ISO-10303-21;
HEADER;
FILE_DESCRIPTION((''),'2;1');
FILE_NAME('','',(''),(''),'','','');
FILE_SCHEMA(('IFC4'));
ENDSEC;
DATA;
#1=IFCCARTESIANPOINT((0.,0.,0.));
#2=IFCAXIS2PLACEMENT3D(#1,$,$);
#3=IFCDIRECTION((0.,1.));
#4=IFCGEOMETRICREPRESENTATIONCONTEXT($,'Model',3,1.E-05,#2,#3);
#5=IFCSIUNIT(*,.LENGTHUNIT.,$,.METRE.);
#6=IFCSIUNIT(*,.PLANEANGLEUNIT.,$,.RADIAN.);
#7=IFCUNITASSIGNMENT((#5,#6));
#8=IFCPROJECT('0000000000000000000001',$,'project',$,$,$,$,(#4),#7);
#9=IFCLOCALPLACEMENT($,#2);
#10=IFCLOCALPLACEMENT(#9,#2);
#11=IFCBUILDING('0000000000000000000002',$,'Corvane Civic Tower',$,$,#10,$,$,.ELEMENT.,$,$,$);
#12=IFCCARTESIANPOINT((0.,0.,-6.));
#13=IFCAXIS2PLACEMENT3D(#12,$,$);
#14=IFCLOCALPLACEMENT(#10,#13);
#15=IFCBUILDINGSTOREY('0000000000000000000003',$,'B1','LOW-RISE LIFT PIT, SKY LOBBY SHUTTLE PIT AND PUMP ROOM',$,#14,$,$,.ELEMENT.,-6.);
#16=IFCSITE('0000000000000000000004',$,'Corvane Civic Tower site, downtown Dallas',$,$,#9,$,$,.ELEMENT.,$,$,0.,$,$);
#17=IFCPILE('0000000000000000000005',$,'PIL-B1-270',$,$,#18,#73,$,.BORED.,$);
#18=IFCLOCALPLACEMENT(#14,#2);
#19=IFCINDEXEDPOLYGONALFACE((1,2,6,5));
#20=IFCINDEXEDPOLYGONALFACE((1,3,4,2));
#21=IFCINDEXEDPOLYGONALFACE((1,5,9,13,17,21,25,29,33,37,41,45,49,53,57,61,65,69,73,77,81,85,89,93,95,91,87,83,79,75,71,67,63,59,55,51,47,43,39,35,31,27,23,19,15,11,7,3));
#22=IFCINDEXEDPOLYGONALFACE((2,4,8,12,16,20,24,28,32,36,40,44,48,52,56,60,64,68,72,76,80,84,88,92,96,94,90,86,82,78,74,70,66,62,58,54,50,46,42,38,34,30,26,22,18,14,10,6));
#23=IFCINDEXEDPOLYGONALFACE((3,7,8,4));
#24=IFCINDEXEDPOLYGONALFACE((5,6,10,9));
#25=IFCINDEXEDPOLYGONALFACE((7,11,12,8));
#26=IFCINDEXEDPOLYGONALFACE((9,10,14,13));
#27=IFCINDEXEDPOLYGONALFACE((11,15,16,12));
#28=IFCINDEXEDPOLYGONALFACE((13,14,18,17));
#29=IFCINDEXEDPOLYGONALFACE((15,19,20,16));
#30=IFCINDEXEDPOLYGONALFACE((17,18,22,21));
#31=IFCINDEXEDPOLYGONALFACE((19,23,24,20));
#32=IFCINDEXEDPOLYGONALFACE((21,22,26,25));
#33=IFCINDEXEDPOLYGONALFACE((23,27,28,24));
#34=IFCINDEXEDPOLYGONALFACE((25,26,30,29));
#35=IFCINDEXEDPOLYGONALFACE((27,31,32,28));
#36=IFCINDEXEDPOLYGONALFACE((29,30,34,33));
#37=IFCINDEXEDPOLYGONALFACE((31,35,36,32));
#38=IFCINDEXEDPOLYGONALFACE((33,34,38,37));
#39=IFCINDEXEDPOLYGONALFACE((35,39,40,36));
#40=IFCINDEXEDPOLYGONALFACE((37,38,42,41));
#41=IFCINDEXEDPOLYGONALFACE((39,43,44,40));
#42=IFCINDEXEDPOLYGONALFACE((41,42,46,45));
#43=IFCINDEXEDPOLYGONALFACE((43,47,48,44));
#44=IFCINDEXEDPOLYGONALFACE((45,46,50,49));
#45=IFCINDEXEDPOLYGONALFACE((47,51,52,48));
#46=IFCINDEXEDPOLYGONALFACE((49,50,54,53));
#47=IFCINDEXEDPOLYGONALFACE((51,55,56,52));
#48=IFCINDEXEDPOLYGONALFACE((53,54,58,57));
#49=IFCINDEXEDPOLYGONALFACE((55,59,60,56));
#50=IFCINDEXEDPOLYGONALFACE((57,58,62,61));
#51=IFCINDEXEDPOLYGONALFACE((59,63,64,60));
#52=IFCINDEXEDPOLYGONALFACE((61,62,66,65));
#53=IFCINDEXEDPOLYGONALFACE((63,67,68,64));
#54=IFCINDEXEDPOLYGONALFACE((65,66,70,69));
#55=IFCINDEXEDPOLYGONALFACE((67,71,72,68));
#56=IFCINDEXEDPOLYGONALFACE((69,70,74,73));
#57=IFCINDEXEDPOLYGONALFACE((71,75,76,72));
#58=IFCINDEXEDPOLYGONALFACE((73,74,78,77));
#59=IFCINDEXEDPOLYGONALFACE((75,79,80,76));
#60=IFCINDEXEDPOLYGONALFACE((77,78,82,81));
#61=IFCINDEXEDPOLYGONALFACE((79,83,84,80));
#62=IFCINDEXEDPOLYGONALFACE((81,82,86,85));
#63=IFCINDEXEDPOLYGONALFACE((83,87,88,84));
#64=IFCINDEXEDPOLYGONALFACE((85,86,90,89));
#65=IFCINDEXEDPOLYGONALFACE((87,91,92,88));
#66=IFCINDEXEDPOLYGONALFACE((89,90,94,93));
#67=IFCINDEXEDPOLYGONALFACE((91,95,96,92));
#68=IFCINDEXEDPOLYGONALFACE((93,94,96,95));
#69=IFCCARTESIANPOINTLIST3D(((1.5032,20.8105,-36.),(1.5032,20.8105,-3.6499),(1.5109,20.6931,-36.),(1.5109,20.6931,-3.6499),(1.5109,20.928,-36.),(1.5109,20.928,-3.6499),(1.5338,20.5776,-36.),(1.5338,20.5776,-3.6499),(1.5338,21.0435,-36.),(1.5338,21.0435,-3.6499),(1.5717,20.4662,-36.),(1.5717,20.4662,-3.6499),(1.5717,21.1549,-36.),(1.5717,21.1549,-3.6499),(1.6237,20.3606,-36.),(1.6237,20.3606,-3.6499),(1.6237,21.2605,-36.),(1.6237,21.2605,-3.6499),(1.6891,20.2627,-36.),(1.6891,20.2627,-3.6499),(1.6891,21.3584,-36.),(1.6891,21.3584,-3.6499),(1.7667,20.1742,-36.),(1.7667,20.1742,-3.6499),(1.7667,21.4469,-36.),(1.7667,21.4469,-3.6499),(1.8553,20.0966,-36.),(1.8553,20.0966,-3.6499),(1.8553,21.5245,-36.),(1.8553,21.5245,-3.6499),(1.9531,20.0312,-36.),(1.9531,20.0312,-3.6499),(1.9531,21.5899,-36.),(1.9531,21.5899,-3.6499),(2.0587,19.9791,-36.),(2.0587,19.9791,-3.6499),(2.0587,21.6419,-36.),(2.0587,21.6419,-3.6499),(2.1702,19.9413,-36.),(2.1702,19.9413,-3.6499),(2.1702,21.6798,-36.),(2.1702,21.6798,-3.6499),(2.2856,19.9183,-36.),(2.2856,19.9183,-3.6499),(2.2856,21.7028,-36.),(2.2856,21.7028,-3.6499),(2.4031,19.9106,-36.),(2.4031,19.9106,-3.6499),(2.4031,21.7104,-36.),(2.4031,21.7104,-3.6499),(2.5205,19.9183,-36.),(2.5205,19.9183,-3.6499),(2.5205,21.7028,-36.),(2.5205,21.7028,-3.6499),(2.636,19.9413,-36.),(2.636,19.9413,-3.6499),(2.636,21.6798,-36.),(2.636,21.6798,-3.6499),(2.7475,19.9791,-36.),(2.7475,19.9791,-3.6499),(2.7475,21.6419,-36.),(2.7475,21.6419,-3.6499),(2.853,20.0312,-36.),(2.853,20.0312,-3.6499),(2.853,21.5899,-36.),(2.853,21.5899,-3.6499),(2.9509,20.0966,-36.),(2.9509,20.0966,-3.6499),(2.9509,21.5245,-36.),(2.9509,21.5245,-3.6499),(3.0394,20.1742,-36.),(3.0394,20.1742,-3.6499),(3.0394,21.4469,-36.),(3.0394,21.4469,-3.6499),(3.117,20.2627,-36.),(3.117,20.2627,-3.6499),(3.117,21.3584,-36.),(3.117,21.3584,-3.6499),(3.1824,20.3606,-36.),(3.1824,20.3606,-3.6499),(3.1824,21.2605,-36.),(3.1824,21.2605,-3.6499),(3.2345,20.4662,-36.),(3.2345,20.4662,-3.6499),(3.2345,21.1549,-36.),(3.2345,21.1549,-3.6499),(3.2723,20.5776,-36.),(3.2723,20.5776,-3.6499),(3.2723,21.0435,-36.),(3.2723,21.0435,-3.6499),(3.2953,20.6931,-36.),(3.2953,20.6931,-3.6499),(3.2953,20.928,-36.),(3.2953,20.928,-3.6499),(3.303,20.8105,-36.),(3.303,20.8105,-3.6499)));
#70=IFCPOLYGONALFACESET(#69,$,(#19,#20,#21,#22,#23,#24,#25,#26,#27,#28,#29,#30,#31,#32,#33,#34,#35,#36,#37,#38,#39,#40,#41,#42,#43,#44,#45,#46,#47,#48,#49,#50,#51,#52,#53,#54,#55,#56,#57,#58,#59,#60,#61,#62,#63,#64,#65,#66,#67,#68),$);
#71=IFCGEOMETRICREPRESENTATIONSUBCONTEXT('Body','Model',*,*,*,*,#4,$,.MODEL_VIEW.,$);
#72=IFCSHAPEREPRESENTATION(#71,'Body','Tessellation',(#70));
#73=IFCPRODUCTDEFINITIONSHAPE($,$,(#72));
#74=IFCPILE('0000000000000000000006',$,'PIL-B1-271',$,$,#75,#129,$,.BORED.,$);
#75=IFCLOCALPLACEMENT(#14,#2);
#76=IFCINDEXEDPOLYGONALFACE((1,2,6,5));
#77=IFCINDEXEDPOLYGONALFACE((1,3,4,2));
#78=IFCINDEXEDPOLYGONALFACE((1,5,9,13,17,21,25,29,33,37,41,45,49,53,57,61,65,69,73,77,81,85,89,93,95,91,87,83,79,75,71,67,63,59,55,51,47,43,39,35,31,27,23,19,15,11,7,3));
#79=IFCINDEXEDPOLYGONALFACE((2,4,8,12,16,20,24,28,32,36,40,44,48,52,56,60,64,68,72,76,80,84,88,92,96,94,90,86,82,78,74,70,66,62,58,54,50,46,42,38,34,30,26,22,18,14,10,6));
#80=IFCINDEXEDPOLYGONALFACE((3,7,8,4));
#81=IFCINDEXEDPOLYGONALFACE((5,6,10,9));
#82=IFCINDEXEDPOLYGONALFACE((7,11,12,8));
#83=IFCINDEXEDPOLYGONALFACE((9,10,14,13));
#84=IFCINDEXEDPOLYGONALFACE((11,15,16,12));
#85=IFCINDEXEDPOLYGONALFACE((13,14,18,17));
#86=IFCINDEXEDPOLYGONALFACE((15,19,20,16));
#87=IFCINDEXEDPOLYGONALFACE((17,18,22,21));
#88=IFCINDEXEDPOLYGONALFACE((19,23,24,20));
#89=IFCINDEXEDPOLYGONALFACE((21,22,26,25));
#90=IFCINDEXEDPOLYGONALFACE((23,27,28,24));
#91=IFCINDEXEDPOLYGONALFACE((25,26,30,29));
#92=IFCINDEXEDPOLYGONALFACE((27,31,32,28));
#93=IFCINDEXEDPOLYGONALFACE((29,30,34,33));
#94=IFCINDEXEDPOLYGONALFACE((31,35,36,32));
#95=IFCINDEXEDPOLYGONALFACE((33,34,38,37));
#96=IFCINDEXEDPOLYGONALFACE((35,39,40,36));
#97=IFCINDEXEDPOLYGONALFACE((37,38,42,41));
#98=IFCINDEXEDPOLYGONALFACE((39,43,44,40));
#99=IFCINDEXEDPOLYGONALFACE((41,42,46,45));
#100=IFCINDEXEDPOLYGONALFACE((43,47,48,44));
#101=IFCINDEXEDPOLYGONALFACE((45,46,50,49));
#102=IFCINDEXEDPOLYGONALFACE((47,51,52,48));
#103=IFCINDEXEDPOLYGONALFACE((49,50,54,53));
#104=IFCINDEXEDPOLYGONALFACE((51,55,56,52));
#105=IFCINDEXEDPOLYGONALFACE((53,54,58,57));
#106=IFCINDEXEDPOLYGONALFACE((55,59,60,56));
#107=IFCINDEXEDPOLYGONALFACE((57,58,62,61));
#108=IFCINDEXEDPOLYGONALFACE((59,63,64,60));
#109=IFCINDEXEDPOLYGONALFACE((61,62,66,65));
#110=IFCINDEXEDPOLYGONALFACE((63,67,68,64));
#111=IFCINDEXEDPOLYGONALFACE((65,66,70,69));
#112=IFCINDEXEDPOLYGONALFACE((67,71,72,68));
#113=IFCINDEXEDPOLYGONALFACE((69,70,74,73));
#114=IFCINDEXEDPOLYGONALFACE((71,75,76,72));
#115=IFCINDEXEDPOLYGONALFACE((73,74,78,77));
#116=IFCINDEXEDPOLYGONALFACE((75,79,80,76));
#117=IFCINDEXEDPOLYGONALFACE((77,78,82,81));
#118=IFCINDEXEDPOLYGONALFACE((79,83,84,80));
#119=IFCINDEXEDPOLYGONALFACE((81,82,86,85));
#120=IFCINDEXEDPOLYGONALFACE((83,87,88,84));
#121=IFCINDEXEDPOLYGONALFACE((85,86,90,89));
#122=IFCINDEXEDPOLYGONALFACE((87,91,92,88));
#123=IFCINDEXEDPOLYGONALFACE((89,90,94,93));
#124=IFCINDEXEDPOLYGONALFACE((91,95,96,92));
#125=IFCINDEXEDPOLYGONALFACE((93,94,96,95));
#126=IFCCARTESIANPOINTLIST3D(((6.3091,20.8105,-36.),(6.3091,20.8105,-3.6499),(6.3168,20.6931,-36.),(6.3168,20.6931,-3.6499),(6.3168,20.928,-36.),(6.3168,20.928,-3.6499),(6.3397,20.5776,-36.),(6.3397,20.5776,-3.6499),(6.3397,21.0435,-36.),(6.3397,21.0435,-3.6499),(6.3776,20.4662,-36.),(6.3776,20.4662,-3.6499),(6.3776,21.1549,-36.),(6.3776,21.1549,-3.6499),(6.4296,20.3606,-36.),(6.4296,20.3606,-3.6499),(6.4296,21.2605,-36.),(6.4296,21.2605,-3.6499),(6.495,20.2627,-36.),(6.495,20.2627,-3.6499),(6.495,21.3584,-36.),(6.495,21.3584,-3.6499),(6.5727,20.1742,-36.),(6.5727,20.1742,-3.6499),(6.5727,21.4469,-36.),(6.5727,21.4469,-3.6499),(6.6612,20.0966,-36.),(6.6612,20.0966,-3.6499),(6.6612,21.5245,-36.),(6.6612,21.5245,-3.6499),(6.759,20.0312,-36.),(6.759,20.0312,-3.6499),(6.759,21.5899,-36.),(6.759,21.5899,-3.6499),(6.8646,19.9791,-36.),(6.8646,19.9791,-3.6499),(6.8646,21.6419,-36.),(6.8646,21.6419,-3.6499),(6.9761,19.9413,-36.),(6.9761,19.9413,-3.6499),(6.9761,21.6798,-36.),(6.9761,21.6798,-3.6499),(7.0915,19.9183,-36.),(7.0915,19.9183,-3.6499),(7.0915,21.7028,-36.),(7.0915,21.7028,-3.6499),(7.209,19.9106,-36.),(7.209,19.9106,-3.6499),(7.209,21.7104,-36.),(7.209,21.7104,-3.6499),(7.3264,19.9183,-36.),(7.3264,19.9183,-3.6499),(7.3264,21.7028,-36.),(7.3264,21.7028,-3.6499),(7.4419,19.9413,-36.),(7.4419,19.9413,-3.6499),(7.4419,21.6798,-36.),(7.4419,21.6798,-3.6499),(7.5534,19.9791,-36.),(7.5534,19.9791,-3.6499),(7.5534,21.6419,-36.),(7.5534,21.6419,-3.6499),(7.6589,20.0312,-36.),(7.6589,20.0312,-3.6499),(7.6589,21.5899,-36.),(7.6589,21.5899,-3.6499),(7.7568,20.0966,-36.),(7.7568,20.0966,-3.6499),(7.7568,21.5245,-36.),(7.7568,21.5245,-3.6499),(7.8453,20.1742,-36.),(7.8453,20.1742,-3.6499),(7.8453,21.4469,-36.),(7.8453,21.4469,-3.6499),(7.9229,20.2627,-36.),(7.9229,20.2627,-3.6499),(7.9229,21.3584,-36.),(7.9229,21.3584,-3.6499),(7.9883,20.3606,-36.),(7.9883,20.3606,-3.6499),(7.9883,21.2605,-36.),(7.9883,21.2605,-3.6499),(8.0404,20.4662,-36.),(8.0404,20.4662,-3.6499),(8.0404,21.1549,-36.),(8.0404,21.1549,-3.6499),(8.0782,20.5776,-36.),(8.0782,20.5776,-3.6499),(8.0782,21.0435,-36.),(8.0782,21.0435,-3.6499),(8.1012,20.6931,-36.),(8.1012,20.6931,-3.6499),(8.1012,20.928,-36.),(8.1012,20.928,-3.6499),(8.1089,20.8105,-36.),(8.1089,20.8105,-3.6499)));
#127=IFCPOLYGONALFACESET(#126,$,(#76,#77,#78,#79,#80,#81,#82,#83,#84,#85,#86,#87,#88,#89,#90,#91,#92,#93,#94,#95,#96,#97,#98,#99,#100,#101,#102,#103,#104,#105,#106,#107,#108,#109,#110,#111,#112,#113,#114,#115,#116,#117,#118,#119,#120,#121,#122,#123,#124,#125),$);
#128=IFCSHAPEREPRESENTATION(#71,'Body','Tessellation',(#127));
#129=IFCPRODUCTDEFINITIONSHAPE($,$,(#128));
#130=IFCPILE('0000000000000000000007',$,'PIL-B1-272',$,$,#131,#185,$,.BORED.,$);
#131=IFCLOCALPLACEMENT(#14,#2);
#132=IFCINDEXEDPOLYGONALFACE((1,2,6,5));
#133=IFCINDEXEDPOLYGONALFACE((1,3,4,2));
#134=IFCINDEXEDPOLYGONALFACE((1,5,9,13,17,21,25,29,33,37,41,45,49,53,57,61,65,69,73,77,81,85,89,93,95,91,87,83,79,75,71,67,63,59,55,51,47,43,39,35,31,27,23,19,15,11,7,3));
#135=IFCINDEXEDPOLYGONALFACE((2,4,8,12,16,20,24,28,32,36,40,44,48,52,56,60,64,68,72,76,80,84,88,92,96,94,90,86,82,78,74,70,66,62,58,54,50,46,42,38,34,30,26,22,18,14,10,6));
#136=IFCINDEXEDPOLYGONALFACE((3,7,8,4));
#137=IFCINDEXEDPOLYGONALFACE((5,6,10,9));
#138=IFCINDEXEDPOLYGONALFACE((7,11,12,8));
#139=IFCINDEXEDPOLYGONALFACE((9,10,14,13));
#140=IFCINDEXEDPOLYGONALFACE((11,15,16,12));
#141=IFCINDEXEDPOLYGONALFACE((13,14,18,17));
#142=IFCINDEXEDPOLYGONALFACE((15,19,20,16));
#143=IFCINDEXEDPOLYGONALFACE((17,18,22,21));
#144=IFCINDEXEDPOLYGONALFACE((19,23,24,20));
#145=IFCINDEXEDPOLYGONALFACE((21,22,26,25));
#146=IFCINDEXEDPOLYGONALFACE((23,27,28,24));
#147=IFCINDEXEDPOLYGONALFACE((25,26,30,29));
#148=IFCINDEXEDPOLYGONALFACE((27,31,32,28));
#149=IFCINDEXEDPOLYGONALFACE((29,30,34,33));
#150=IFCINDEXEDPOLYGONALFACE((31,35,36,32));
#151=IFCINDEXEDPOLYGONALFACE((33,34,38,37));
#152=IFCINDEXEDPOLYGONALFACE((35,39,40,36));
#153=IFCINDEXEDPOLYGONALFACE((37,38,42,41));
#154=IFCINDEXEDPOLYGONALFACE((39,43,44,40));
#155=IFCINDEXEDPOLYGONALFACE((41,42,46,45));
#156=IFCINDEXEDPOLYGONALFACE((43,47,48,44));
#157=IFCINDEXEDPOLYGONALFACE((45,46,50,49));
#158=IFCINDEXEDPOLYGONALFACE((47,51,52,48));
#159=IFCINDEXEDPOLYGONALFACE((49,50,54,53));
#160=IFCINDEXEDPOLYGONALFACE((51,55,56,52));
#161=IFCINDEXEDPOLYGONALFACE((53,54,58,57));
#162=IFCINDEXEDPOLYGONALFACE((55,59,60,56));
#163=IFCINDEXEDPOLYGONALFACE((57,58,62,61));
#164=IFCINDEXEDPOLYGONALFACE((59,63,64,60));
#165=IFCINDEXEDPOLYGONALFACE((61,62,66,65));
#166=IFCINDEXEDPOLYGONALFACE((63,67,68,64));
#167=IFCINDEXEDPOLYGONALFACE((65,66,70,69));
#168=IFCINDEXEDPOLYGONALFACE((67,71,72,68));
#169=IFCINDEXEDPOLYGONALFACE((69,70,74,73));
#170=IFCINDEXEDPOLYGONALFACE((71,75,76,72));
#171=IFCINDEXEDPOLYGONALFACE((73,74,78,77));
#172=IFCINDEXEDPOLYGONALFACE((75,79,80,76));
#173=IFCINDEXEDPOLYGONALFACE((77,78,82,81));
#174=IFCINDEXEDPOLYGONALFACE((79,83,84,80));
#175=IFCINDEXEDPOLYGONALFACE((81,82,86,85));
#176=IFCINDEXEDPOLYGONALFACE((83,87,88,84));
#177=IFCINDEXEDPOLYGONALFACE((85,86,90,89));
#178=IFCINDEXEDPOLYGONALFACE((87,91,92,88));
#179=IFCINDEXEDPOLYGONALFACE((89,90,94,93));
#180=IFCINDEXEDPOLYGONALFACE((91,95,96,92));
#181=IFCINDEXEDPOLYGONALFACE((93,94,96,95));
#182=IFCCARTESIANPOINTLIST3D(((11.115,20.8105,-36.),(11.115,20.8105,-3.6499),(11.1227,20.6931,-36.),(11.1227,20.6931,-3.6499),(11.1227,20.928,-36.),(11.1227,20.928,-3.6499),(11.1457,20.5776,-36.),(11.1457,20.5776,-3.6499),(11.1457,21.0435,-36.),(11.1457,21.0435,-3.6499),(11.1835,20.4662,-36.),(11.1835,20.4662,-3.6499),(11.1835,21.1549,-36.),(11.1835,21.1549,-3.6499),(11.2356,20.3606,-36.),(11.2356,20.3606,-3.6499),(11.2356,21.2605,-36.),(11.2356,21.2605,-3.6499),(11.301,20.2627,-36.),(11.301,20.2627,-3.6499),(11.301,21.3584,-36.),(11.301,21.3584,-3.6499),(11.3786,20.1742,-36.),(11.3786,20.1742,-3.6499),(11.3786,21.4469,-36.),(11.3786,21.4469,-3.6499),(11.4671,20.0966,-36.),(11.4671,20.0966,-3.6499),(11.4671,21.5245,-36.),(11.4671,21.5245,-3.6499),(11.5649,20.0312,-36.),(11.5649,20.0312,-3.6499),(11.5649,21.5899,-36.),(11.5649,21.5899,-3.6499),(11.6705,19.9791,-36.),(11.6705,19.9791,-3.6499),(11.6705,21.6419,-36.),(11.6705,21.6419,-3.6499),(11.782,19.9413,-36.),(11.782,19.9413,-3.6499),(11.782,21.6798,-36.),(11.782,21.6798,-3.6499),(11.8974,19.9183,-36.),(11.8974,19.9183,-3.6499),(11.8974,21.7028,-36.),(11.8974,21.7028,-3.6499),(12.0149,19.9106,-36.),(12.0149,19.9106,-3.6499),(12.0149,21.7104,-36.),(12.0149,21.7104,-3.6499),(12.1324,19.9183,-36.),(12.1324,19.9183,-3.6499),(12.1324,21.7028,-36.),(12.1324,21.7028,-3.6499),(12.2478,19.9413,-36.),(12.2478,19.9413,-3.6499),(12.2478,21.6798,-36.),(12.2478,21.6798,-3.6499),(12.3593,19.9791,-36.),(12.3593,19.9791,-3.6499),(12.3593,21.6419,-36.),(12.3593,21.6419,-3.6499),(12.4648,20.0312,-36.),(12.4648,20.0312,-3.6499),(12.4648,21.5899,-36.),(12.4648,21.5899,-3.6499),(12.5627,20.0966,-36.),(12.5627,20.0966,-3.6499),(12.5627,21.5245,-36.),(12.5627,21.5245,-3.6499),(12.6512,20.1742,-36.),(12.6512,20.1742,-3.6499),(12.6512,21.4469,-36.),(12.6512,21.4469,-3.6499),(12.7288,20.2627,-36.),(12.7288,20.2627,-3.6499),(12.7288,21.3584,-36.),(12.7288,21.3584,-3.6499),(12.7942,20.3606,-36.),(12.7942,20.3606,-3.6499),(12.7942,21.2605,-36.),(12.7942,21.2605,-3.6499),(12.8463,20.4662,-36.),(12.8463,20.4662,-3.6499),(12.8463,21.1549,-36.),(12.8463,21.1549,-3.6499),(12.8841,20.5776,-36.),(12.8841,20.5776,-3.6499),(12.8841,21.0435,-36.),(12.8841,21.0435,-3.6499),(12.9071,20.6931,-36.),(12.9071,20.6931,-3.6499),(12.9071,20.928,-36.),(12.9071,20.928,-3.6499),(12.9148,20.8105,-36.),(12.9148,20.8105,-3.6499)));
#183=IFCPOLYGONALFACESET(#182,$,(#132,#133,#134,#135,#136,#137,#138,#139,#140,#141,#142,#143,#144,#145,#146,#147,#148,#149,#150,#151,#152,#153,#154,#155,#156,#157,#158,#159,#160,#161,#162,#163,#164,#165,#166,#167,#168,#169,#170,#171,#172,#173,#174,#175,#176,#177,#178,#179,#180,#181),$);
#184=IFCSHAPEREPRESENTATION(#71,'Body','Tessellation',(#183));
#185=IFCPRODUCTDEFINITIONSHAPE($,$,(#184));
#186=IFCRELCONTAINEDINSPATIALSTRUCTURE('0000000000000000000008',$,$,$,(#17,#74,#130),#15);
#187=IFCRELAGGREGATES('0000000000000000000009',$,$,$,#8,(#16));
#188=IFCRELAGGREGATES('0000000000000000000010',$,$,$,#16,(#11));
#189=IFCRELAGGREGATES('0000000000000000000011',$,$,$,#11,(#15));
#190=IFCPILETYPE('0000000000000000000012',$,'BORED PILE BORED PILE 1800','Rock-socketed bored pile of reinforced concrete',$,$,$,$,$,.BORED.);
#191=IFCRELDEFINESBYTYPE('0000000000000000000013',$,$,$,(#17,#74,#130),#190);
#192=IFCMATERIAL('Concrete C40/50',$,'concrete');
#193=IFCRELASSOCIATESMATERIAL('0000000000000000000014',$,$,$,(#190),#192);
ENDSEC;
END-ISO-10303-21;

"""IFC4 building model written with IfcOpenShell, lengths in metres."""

from ifc_helpers import new_model, si_unit, direction, frame, origin, origin_2d, place, context, subcontext, project, spatial, circle, extrude, material, material_profile, profile_set, type_object, element, save


model = new_model("IFC4")

# Units and contexts
model_context = context("Model", 3, precision=1e-05, world=origin(), true_north=direction((0.0, 1.0)))
body_context = subcontext(model_context, "Body", "Model", "MODEL_VIEW")
ifc_project = project(units=[si_unit("LENGTHUNIT", "METRE"), si_unit("PLANEANGLEUNIT", "RADIAN")], contexts=[model_context])

# Site, building, storey
site_placement = place(None, origin())
site = spatial("IfcSite", under=ifc_project, at=site_placement, Name="Corvane Civic Tower site, downtown Dallas", CompositionType="ELEMENT", RefElevation=0.0)
building_placement = place(site_placement, origin())
building = spatial("IfcBuilding", under=site, at=building_placement, Name="Corvane Civic Tower", CompositionType="ELEMENT")
storey_placement = place(building_placement, frame((0.0, 0.0, -6.0)))
storey = spatial("IfcBuildingStorey", under=building, at=storey_placement, Name="B1", Description="LOW-RISE LIFT PIT, SKY LOBBY SHUTTLE PIT AND PUMP ROOM", CompositionType="ELEMENT", Elevation=-6.0)

# Piles
ifc_material_1 = material(Name="Concrete C40/50", Category="concrete")
ifc_material_profile = material_profile(ifc_material_1, circle(Radius=0.8999, at=origin_2d()), Name="BORED PILE 1800")
ifc_profile_set = profile_set([ifc_material_profile], Name="Concrete C40/50")
pile_type = type_object("IfcPileType", Name="BORED PILE BORED PILE 1800", Description="Rock-socketed bored pile of reinforced concrete", PredefinedType="BORED", material=ifc_profile_set)
for number, where, z_axis, x_axis, name in (
    (1, (2.4031, 20.8105, -3.6499), (0.0, 0.0, -1.0), (1.0, 0.0, 0.0), "PIL-B1-270"),
    (2, (7.209, 20.8105, -3.6499), (0.0, 0.0, -1.0), (1.0, 0.0, 0.0), "PIL-B1-271"),
    (3, (12.0149, 20.8105, -3.6499), (0.0, 0.0, -1.0), (1.0, 0.0, 0.0), "PIL-B1-272"),
):
    element("IfcPile", number, at=place(storey_placement, frame(where, z_axis=z_axis, x_axis=x_axis)), inside=storey, type_object=pile_type, Name=name, PredefinedType="BORED", context=body_context, shape_type="SweptSolid", body=[
        extrude(circle(Radius=0.8999, at=origin_2d()), origin(), (0.0, 0.0, 1.0), 32.3501),
    ])

save(model, "model.ifc")
